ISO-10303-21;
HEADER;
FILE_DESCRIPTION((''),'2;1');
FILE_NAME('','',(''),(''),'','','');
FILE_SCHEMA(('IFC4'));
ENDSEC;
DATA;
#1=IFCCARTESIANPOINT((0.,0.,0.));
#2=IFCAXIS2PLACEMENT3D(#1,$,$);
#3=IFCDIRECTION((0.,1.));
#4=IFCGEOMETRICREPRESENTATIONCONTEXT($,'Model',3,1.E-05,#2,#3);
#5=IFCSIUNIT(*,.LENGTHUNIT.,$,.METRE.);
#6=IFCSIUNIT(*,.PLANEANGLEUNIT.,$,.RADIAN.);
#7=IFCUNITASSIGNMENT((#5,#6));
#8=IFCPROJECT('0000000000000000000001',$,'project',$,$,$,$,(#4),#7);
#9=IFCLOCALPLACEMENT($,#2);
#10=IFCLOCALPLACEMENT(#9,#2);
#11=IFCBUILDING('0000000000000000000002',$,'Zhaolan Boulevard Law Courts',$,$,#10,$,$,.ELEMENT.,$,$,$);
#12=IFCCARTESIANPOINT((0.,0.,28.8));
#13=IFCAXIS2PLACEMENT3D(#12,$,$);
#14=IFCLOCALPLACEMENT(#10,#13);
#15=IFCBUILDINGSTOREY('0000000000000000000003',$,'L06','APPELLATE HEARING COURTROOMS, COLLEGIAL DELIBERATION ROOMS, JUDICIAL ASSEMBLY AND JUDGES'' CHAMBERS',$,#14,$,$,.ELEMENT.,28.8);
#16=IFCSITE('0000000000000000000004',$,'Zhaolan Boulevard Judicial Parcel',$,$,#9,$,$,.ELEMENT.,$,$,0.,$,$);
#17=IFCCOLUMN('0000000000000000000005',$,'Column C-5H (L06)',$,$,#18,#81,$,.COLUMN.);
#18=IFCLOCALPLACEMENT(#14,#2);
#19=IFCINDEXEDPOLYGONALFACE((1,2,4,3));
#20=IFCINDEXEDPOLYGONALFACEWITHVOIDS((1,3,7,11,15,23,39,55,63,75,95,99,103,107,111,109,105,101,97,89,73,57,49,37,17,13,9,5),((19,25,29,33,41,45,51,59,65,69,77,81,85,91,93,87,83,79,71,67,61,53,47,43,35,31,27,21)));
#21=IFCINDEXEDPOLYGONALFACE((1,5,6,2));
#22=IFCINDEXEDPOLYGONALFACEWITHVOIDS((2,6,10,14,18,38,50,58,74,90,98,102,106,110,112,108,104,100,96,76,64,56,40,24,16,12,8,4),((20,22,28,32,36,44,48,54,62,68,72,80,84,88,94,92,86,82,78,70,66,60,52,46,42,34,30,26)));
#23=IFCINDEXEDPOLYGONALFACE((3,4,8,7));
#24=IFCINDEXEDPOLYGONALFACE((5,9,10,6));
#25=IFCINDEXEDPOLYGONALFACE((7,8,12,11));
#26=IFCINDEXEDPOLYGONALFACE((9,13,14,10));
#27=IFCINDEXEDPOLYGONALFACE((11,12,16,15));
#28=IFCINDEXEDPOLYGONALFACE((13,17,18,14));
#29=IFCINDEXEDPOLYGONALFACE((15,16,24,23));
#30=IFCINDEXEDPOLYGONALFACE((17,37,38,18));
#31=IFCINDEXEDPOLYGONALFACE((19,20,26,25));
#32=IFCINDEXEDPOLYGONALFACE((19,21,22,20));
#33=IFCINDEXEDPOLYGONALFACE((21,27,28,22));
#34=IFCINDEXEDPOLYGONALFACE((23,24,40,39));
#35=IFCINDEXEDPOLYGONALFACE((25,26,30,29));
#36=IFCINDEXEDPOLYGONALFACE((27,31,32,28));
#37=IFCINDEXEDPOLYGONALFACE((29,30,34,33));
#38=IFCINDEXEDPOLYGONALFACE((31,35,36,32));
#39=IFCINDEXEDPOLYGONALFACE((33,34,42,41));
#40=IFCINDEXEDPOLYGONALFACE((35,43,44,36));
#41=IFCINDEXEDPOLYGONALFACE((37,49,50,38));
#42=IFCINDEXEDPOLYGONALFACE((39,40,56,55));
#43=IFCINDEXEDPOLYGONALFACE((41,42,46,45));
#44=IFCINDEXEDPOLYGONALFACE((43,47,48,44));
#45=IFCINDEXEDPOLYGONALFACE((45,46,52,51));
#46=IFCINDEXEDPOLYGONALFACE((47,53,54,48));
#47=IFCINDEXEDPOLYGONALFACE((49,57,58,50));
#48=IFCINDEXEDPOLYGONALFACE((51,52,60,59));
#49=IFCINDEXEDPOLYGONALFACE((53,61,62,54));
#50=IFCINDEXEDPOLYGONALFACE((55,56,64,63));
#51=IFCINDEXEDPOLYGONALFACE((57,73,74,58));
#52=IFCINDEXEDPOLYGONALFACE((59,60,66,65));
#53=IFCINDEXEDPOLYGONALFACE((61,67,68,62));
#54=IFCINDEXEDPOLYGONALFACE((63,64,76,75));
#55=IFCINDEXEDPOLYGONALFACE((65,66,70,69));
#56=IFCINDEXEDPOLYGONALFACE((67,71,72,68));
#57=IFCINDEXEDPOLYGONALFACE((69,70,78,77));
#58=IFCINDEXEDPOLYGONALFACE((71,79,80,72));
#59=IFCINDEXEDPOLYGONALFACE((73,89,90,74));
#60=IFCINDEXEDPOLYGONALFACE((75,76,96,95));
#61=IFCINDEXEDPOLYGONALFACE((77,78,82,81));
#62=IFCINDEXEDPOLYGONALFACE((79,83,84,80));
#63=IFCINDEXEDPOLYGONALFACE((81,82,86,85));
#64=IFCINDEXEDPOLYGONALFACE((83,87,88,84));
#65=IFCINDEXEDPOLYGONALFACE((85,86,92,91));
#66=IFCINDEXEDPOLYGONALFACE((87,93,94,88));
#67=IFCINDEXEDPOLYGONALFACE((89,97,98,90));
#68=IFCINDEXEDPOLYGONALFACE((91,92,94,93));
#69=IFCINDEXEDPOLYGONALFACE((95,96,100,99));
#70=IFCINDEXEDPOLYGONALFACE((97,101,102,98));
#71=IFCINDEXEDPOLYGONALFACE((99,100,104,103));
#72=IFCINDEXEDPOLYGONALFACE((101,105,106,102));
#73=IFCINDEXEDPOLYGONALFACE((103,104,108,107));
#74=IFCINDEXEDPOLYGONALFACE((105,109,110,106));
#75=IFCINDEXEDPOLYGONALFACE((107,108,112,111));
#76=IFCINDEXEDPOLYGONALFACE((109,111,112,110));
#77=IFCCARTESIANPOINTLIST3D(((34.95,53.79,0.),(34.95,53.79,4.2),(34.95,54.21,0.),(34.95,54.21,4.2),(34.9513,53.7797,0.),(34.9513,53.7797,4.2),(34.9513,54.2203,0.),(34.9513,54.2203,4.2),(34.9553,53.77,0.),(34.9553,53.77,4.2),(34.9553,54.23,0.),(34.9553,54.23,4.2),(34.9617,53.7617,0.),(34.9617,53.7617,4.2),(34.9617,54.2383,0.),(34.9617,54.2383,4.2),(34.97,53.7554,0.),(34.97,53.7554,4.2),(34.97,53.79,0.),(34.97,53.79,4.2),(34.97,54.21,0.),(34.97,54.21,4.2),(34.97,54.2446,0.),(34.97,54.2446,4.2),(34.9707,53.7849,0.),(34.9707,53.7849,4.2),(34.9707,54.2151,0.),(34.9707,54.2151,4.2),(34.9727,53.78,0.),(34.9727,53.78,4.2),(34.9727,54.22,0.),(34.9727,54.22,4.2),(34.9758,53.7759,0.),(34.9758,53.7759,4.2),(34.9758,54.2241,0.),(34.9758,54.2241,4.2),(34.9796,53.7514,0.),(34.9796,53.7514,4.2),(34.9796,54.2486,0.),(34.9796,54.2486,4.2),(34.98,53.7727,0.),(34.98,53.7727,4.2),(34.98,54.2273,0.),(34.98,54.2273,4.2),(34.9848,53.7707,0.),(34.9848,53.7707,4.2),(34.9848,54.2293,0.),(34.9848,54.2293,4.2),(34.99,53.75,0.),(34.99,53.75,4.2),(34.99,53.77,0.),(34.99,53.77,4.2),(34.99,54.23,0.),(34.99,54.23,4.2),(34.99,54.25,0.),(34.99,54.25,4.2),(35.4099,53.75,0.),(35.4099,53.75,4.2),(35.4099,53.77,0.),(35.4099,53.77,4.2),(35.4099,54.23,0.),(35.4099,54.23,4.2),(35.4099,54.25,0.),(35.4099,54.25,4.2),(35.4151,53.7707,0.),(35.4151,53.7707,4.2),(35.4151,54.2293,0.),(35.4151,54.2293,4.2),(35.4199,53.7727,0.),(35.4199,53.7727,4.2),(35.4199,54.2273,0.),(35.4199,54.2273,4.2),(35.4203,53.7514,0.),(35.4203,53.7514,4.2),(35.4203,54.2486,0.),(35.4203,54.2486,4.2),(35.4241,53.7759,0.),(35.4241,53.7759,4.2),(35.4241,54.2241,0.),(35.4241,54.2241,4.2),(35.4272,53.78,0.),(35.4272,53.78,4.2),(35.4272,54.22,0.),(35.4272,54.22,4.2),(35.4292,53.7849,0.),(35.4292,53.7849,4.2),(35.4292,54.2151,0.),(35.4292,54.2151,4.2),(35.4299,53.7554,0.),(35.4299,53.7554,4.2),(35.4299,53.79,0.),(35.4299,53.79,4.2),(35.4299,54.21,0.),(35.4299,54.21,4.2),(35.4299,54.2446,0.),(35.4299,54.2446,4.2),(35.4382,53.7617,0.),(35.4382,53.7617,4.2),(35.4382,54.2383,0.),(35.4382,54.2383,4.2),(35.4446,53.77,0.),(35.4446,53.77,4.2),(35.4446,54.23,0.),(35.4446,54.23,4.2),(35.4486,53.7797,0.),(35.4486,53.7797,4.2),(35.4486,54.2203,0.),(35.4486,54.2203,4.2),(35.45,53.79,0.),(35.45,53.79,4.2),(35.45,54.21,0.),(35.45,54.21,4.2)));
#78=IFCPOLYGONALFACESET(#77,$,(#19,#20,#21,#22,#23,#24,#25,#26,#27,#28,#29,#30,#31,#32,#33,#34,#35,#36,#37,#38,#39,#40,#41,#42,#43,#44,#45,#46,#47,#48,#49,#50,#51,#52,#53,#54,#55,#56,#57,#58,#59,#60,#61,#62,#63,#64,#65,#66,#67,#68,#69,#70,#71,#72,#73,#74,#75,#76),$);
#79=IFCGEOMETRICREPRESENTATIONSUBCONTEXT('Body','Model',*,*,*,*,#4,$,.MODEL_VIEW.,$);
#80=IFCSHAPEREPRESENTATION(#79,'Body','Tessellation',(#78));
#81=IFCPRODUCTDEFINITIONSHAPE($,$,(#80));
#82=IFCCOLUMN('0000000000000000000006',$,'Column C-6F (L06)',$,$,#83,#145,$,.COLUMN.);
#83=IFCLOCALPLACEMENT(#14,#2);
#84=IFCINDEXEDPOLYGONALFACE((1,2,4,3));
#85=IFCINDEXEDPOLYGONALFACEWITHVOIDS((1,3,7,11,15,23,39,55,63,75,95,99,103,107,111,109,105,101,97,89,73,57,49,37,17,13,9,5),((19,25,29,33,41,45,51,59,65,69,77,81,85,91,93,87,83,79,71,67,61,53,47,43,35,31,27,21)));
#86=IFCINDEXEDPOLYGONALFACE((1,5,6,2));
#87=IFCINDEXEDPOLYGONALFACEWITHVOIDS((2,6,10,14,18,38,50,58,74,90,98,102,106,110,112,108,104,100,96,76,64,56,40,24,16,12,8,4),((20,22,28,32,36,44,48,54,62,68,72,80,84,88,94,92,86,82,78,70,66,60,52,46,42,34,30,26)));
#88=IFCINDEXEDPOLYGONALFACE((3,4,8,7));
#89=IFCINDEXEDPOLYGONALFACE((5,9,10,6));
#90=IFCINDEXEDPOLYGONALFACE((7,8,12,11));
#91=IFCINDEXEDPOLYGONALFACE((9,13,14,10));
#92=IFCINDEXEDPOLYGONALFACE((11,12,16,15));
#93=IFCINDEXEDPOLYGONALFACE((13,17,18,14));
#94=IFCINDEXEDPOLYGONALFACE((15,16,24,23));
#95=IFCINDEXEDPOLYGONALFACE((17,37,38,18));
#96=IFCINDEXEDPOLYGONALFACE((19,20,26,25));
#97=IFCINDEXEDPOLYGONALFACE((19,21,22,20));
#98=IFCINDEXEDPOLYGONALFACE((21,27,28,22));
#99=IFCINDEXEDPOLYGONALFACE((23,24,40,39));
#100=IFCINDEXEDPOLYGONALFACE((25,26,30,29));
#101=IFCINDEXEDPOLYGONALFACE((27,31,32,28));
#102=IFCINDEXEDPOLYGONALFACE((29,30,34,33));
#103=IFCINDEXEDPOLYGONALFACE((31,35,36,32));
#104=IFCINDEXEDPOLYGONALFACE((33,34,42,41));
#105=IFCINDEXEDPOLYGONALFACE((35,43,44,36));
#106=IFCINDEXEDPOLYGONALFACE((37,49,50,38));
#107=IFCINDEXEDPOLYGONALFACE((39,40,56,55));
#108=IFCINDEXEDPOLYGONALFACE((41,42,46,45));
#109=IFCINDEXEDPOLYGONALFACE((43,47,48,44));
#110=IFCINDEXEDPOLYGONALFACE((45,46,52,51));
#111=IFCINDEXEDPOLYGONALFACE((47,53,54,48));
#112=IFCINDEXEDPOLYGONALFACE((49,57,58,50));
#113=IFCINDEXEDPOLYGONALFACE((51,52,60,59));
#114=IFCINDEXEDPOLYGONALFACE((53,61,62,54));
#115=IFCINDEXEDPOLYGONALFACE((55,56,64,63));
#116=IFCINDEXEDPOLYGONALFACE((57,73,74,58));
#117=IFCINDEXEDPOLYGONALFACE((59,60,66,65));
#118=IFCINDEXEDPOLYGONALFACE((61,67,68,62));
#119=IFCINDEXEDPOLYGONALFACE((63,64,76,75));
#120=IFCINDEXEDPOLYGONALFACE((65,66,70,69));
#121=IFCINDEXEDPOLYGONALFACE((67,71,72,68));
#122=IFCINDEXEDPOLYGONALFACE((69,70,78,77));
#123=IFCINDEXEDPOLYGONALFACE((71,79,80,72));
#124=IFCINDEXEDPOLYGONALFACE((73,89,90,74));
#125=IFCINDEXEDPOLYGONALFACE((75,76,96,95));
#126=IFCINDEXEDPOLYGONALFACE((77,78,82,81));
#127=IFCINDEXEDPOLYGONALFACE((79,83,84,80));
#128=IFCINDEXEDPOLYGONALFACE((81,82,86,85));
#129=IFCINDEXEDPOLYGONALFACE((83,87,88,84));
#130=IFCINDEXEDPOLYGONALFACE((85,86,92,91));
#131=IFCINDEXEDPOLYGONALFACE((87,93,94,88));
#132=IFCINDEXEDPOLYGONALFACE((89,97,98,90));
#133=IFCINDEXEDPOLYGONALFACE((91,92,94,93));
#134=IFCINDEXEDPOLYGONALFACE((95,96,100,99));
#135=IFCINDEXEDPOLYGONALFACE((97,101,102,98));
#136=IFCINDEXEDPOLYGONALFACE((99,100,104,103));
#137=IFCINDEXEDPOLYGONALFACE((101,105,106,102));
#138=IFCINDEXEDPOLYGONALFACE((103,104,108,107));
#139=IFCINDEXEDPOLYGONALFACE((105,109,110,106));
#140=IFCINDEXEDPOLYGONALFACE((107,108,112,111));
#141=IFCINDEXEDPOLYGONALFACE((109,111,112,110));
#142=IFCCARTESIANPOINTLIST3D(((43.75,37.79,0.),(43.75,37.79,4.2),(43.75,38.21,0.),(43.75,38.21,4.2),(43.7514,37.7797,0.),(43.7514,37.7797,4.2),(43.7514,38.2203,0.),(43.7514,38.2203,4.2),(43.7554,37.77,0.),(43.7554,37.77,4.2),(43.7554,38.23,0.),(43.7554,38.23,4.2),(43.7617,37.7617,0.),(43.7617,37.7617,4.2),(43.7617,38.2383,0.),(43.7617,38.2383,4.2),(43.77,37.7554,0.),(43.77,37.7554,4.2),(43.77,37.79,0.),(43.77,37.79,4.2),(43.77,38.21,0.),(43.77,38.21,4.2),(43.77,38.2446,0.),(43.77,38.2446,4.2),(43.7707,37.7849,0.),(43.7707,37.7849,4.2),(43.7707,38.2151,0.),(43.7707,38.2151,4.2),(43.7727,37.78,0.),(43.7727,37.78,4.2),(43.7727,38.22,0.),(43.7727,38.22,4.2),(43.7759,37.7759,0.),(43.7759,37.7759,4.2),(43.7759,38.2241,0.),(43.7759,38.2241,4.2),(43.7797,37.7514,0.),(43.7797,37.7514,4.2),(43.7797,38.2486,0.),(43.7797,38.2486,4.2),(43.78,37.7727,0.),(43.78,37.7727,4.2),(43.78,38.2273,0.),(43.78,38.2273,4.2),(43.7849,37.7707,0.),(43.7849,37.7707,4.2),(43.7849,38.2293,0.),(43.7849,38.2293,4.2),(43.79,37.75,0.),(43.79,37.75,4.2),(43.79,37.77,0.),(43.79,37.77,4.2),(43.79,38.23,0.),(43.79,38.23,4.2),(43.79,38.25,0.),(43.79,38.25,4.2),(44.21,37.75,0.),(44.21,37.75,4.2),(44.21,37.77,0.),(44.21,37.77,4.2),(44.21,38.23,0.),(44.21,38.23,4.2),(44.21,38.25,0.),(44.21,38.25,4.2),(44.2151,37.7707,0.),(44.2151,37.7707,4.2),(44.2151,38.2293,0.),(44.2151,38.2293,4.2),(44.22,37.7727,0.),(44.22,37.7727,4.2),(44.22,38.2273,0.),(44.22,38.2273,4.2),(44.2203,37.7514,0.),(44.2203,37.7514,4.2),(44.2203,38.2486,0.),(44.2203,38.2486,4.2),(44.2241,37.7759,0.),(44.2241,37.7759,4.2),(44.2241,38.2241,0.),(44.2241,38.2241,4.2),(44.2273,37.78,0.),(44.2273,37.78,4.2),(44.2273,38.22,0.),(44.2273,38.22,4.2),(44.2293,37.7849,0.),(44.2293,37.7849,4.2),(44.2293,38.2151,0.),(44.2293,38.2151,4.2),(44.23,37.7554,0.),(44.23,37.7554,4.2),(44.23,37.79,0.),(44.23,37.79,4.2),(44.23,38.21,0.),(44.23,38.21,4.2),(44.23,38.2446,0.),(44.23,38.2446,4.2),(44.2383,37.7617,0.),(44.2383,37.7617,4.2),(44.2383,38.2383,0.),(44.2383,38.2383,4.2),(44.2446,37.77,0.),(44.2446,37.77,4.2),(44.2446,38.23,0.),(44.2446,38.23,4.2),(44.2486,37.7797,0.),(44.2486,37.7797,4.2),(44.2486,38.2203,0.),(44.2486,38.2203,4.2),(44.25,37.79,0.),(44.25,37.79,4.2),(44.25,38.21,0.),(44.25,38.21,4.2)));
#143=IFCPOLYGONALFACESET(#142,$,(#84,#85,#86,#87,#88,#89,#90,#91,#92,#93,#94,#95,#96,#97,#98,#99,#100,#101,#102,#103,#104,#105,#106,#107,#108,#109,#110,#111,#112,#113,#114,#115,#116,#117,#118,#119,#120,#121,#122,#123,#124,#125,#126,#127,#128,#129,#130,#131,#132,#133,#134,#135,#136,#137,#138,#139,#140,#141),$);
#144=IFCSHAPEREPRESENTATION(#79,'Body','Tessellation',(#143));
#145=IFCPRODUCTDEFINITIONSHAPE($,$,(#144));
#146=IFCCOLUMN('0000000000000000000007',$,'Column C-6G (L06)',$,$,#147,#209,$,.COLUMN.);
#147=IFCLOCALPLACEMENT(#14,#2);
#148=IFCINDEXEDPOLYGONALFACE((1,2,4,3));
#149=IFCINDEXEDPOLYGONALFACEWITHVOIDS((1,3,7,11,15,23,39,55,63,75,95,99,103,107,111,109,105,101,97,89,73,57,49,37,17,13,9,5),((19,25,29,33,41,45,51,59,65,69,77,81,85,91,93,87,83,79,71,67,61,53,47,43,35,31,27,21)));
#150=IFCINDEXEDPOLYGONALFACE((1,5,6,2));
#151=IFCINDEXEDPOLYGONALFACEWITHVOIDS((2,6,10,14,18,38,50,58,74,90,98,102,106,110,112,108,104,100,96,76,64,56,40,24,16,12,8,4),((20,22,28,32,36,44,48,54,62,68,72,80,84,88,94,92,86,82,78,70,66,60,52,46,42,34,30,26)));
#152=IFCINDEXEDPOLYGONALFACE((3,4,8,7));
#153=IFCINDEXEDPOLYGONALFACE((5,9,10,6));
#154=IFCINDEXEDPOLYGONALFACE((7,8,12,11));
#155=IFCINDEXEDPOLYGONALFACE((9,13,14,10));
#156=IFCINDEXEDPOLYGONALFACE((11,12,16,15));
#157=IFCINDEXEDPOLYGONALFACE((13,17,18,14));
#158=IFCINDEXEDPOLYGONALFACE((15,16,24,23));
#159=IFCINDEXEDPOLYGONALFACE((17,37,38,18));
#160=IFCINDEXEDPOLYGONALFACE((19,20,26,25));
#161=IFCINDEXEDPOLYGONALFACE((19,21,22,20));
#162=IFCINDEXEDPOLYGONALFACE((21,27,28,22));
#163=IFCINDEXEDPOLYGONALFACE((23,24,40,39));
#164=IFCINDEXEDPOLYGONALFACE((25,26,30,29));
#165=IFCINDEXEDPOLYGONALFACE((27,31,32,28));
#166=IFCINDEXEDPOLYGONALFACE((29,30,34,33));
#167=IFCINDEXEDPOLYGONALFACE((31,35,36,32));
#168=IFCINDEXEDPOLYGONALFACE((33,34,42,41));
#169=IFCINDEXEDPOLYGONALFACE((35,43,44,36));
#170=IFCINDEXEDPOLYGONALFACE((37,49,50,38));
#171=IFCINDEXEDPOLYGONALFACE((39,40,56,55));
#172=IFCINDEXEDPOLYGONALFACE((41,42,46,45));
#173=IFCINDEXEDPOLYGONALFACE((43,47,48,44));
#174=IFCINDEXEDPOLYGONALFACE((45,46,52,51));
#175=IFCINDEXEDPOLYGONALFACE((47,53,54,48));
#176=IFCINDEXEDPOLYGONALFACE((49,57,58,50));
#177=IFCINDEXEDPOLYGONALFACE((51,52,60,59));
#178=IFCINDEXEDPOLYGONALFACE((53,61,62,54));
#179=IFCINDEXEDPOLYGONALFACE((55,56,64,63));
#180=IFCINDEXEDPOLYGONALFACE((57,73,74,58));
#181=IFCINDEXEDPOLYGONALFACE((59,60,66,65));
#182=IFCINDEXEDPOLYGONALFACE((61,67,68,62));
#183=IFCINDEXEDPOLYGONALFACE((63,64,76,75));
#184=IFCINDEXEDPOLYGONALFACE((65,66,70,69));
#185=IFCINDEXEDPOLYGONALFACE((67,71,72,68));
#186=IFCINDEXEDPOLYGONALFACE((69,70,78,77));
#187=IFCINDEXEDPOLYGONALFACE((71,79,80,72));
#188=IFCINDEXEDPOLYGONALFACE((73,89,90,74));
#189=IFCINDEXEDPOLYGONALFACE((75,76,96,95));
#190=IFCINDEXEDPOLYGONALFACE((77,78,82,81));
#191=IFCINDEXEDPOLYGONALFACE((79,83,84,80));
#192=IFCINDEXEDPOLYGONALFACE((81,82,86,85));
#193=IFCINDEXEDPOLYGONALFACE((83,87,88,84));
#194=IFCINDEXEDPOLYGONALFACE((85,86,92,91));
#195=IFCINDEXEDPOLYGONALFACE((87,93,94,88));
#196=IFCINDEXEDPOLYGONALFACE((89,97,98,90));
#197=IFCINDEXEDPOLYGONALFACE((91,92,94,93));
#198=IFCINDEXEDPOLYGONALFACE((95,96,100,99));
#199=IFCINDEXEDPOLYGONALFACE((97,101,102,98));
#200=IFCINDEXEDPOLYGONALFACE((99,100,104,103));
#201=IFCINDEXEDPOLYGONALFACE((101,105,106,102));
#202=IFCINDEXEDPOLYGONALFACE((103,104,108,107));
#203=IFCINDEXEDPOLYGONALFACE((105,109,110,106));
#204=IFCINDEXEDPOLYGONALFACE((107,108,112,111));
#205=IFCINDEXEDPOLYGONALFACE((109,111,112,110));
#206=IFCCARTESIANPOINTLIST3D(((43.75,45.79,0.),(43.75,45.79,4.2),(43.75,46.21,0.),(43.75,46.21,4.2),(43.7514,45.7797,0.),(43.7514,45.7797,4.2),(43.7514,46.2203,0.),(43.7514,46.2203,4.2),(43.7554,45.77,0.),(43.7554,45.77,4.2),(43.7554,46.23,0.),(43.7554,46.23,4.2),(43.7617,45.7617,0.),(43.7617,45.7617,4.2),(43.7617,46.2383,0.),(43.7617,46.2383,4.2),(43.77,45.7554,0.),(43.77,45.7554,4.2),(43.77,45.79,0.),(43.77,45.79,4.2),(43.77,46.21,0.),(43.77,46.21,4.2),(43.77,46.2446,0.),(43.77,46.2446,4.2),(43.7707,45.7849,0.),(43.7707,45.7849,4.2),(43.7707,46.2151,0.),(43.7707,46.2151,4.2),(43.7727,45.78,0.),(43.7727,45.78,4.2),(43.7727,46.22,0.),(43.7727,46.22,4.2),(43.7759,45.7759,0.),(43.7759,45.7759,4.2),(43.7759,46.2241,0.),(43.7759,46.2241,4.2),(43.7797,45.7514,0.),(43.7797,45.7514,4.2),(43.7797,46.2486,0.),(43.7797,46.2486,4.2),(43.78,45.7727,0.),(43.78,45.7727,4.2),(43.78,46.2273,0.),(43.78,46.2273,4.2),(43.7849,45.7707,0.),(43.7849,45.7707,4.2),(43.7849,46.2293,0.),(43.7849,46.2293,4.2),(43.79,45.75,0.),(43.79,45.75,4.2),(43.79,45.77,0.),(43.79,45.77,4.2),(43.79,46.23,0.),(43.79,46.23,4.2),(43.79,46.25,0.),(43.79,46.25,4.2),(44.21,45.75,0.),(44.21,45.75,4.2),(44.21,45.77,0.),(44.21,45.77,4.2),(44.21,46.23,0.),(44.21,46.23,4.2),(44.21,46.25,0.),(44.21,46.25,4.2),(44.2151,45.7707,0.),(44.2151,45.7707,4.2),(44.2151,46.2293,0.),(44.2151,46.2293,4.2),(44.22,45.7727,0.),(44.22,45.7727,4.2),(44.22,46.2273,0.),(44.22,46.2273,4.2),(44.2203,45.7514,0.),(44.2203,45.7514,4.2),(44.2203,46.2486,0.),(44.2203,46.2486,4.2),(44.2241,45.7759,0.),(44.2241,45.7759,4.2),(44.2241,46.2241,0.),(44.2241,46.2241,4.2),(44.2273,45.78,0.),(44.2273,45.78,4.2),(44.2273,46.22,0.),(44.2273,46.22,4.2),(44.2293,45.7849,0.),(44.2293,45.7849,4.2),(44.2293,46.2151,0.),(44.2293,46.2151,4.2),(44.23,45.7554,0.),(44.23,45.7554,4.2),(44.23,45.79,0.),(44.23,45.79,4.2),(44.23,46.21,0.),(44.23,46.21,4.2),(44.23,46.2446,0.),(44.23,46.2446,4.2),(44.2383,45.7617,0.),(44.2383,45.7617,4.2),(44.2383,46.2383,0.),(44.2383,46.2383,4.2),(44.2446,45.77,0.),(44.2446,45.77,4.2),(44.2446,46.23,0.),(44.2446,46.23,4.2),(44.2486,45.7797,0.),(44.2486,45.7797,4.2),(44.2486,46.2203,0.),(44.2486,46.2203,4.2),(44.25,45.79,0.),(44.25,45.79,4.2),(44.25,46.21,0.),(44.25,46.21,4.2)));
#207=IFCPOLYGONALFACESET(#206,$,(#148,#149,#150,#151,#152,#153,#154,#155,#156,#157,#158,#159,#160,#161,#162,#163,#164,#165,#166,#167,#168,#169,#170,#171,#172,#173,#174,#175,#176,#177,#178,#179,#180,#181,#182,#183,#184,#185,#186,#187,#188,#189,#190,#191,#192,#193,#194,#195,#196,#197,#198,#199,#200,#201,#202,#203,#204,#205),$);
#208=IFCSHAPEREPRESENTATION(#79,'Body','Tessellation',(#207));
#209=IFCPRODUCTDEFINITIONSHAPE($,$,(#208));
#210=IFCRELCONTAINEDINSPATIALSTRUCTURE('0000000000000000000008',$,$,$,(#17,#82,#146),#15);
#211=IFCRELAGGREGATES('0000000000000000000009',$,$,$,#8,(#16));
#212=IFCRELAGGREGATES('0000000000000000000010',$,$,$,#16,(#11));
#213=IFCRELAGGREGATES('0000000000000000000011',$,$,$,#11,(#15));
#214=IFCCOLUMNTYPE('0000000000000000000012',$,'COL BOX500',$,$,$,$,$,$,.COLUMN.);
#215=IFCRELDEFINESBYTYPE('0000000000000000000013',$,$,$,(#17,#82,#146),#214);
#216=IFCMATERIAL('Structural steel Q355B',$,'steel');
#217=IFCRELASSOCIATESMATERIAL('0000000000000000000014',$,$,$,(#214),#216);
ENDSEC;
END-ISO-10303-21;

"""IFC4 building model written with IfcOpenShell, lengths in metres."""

from ifc_helpers import new_model, si_unit, direction, frame, origin, origin_2d, place, context, subcontext, project, spatial, hollow_rectangle, extrude, material, material_profile, profile_set, type_object, element, save


model = new_model("IFC4")

# Units and contexts
model_context = context("Model", 3, precision=1e-05, world=origin(), true_north=direction((0.0, 1.0)))
body_context = subcontext(model_context, "Body", "Model", "MODEL_VIEW")
ifc_project = project(units=[si_unit("LENGTHUNIT", "METRE"), si_unit("PLANEANGLEUNIT", "RADIAN")], contexts=[model_context])

# Site, building, storey
site_placement = place(None, origin())
site = spatial("IfcSite", under=ifc_project, at=site_placement, Name="Zhaolan Boulevard Judicial Parcel", CompositionType="ELEMENT", RefElevation=0.0)
building_placement = place(site_placement, origin())
building = spatial("IfcBuilding", under=site, at=building_placement, Name="Zhaolan Boulevard Law Courts", CompositionType="ELEMENT")
storey_placement = place(building_placement, frame((0.0, 0.0, 28.8)))
storey = spatial("IfcBuildingStorey", under=building, at=storey_placement, Name="L06", Description="APPELLATE HEARING COURTROOMS, COLLEGIAL DELIBERATION ROOMS, JUDICIAL ASSEMBLY AND JUDGES' CHAMBERS", CompositionType="ELEMENT", Elevation=28.8)

# Columns
ifc_material_1 = material(Name="Structural steel Q355B", Category="steel")
ifc_material_profile_1 = material_profile(ifc_material_1, hollow_rectangle(XDim=0.5, YDim=0.5, WallThickness=0.02, InnerFilletRadius=0.02, OuterFilletRadius=0.04, at=origin_2d()), Name="BOX500x500x20")
ifc_profile_set_1 = profile_set([ifc_material_profile_1], Name="Structural steel Q355B")
column_type = type_object("IfcColumnType", Name="COL BOX500", PredefinedType="COLUMN", material=ifc_profile_set_1)
for number, where, z_axis, x_axis, name in (
    (1, (35.2, 54.0, 0.0), (0.0, 0.0, 1.0), (1.0, 0.0, 0.0), "Column C-5H (L06)"),
    (2, (44.0, 38.0, 0.0), (0.0, 0.0, 1.0), (1.0, 0.0, 0.0), "Column C-6F (L06)"),
    (3, (44.0, 46.0, 0.0), (0.0, 0.0, 1.0), (1.0, 0.0, 0.0), "Column C-6G (L06)"),
):
    element("IfcColumn", number, at=place(storey_placement, frame(where, z_axis=z_axis, x_axis=x_axis)), inside=storey, type_object=column_type, Name=name, PredefinedType="COLUMN", context=body_context, shape_type="SweptSolid", body=[
        extrude(hollow_rectangle(XDim=0.5, YDim=0.5, WallThickness=0.02, InnerFilletRadius=0.02, OuterFilletRadius=0.04, at=origin_2d()), origin(), (0.0, 0.0, 1.0), 4.2),
    ])

save(model, "model.ifc")
